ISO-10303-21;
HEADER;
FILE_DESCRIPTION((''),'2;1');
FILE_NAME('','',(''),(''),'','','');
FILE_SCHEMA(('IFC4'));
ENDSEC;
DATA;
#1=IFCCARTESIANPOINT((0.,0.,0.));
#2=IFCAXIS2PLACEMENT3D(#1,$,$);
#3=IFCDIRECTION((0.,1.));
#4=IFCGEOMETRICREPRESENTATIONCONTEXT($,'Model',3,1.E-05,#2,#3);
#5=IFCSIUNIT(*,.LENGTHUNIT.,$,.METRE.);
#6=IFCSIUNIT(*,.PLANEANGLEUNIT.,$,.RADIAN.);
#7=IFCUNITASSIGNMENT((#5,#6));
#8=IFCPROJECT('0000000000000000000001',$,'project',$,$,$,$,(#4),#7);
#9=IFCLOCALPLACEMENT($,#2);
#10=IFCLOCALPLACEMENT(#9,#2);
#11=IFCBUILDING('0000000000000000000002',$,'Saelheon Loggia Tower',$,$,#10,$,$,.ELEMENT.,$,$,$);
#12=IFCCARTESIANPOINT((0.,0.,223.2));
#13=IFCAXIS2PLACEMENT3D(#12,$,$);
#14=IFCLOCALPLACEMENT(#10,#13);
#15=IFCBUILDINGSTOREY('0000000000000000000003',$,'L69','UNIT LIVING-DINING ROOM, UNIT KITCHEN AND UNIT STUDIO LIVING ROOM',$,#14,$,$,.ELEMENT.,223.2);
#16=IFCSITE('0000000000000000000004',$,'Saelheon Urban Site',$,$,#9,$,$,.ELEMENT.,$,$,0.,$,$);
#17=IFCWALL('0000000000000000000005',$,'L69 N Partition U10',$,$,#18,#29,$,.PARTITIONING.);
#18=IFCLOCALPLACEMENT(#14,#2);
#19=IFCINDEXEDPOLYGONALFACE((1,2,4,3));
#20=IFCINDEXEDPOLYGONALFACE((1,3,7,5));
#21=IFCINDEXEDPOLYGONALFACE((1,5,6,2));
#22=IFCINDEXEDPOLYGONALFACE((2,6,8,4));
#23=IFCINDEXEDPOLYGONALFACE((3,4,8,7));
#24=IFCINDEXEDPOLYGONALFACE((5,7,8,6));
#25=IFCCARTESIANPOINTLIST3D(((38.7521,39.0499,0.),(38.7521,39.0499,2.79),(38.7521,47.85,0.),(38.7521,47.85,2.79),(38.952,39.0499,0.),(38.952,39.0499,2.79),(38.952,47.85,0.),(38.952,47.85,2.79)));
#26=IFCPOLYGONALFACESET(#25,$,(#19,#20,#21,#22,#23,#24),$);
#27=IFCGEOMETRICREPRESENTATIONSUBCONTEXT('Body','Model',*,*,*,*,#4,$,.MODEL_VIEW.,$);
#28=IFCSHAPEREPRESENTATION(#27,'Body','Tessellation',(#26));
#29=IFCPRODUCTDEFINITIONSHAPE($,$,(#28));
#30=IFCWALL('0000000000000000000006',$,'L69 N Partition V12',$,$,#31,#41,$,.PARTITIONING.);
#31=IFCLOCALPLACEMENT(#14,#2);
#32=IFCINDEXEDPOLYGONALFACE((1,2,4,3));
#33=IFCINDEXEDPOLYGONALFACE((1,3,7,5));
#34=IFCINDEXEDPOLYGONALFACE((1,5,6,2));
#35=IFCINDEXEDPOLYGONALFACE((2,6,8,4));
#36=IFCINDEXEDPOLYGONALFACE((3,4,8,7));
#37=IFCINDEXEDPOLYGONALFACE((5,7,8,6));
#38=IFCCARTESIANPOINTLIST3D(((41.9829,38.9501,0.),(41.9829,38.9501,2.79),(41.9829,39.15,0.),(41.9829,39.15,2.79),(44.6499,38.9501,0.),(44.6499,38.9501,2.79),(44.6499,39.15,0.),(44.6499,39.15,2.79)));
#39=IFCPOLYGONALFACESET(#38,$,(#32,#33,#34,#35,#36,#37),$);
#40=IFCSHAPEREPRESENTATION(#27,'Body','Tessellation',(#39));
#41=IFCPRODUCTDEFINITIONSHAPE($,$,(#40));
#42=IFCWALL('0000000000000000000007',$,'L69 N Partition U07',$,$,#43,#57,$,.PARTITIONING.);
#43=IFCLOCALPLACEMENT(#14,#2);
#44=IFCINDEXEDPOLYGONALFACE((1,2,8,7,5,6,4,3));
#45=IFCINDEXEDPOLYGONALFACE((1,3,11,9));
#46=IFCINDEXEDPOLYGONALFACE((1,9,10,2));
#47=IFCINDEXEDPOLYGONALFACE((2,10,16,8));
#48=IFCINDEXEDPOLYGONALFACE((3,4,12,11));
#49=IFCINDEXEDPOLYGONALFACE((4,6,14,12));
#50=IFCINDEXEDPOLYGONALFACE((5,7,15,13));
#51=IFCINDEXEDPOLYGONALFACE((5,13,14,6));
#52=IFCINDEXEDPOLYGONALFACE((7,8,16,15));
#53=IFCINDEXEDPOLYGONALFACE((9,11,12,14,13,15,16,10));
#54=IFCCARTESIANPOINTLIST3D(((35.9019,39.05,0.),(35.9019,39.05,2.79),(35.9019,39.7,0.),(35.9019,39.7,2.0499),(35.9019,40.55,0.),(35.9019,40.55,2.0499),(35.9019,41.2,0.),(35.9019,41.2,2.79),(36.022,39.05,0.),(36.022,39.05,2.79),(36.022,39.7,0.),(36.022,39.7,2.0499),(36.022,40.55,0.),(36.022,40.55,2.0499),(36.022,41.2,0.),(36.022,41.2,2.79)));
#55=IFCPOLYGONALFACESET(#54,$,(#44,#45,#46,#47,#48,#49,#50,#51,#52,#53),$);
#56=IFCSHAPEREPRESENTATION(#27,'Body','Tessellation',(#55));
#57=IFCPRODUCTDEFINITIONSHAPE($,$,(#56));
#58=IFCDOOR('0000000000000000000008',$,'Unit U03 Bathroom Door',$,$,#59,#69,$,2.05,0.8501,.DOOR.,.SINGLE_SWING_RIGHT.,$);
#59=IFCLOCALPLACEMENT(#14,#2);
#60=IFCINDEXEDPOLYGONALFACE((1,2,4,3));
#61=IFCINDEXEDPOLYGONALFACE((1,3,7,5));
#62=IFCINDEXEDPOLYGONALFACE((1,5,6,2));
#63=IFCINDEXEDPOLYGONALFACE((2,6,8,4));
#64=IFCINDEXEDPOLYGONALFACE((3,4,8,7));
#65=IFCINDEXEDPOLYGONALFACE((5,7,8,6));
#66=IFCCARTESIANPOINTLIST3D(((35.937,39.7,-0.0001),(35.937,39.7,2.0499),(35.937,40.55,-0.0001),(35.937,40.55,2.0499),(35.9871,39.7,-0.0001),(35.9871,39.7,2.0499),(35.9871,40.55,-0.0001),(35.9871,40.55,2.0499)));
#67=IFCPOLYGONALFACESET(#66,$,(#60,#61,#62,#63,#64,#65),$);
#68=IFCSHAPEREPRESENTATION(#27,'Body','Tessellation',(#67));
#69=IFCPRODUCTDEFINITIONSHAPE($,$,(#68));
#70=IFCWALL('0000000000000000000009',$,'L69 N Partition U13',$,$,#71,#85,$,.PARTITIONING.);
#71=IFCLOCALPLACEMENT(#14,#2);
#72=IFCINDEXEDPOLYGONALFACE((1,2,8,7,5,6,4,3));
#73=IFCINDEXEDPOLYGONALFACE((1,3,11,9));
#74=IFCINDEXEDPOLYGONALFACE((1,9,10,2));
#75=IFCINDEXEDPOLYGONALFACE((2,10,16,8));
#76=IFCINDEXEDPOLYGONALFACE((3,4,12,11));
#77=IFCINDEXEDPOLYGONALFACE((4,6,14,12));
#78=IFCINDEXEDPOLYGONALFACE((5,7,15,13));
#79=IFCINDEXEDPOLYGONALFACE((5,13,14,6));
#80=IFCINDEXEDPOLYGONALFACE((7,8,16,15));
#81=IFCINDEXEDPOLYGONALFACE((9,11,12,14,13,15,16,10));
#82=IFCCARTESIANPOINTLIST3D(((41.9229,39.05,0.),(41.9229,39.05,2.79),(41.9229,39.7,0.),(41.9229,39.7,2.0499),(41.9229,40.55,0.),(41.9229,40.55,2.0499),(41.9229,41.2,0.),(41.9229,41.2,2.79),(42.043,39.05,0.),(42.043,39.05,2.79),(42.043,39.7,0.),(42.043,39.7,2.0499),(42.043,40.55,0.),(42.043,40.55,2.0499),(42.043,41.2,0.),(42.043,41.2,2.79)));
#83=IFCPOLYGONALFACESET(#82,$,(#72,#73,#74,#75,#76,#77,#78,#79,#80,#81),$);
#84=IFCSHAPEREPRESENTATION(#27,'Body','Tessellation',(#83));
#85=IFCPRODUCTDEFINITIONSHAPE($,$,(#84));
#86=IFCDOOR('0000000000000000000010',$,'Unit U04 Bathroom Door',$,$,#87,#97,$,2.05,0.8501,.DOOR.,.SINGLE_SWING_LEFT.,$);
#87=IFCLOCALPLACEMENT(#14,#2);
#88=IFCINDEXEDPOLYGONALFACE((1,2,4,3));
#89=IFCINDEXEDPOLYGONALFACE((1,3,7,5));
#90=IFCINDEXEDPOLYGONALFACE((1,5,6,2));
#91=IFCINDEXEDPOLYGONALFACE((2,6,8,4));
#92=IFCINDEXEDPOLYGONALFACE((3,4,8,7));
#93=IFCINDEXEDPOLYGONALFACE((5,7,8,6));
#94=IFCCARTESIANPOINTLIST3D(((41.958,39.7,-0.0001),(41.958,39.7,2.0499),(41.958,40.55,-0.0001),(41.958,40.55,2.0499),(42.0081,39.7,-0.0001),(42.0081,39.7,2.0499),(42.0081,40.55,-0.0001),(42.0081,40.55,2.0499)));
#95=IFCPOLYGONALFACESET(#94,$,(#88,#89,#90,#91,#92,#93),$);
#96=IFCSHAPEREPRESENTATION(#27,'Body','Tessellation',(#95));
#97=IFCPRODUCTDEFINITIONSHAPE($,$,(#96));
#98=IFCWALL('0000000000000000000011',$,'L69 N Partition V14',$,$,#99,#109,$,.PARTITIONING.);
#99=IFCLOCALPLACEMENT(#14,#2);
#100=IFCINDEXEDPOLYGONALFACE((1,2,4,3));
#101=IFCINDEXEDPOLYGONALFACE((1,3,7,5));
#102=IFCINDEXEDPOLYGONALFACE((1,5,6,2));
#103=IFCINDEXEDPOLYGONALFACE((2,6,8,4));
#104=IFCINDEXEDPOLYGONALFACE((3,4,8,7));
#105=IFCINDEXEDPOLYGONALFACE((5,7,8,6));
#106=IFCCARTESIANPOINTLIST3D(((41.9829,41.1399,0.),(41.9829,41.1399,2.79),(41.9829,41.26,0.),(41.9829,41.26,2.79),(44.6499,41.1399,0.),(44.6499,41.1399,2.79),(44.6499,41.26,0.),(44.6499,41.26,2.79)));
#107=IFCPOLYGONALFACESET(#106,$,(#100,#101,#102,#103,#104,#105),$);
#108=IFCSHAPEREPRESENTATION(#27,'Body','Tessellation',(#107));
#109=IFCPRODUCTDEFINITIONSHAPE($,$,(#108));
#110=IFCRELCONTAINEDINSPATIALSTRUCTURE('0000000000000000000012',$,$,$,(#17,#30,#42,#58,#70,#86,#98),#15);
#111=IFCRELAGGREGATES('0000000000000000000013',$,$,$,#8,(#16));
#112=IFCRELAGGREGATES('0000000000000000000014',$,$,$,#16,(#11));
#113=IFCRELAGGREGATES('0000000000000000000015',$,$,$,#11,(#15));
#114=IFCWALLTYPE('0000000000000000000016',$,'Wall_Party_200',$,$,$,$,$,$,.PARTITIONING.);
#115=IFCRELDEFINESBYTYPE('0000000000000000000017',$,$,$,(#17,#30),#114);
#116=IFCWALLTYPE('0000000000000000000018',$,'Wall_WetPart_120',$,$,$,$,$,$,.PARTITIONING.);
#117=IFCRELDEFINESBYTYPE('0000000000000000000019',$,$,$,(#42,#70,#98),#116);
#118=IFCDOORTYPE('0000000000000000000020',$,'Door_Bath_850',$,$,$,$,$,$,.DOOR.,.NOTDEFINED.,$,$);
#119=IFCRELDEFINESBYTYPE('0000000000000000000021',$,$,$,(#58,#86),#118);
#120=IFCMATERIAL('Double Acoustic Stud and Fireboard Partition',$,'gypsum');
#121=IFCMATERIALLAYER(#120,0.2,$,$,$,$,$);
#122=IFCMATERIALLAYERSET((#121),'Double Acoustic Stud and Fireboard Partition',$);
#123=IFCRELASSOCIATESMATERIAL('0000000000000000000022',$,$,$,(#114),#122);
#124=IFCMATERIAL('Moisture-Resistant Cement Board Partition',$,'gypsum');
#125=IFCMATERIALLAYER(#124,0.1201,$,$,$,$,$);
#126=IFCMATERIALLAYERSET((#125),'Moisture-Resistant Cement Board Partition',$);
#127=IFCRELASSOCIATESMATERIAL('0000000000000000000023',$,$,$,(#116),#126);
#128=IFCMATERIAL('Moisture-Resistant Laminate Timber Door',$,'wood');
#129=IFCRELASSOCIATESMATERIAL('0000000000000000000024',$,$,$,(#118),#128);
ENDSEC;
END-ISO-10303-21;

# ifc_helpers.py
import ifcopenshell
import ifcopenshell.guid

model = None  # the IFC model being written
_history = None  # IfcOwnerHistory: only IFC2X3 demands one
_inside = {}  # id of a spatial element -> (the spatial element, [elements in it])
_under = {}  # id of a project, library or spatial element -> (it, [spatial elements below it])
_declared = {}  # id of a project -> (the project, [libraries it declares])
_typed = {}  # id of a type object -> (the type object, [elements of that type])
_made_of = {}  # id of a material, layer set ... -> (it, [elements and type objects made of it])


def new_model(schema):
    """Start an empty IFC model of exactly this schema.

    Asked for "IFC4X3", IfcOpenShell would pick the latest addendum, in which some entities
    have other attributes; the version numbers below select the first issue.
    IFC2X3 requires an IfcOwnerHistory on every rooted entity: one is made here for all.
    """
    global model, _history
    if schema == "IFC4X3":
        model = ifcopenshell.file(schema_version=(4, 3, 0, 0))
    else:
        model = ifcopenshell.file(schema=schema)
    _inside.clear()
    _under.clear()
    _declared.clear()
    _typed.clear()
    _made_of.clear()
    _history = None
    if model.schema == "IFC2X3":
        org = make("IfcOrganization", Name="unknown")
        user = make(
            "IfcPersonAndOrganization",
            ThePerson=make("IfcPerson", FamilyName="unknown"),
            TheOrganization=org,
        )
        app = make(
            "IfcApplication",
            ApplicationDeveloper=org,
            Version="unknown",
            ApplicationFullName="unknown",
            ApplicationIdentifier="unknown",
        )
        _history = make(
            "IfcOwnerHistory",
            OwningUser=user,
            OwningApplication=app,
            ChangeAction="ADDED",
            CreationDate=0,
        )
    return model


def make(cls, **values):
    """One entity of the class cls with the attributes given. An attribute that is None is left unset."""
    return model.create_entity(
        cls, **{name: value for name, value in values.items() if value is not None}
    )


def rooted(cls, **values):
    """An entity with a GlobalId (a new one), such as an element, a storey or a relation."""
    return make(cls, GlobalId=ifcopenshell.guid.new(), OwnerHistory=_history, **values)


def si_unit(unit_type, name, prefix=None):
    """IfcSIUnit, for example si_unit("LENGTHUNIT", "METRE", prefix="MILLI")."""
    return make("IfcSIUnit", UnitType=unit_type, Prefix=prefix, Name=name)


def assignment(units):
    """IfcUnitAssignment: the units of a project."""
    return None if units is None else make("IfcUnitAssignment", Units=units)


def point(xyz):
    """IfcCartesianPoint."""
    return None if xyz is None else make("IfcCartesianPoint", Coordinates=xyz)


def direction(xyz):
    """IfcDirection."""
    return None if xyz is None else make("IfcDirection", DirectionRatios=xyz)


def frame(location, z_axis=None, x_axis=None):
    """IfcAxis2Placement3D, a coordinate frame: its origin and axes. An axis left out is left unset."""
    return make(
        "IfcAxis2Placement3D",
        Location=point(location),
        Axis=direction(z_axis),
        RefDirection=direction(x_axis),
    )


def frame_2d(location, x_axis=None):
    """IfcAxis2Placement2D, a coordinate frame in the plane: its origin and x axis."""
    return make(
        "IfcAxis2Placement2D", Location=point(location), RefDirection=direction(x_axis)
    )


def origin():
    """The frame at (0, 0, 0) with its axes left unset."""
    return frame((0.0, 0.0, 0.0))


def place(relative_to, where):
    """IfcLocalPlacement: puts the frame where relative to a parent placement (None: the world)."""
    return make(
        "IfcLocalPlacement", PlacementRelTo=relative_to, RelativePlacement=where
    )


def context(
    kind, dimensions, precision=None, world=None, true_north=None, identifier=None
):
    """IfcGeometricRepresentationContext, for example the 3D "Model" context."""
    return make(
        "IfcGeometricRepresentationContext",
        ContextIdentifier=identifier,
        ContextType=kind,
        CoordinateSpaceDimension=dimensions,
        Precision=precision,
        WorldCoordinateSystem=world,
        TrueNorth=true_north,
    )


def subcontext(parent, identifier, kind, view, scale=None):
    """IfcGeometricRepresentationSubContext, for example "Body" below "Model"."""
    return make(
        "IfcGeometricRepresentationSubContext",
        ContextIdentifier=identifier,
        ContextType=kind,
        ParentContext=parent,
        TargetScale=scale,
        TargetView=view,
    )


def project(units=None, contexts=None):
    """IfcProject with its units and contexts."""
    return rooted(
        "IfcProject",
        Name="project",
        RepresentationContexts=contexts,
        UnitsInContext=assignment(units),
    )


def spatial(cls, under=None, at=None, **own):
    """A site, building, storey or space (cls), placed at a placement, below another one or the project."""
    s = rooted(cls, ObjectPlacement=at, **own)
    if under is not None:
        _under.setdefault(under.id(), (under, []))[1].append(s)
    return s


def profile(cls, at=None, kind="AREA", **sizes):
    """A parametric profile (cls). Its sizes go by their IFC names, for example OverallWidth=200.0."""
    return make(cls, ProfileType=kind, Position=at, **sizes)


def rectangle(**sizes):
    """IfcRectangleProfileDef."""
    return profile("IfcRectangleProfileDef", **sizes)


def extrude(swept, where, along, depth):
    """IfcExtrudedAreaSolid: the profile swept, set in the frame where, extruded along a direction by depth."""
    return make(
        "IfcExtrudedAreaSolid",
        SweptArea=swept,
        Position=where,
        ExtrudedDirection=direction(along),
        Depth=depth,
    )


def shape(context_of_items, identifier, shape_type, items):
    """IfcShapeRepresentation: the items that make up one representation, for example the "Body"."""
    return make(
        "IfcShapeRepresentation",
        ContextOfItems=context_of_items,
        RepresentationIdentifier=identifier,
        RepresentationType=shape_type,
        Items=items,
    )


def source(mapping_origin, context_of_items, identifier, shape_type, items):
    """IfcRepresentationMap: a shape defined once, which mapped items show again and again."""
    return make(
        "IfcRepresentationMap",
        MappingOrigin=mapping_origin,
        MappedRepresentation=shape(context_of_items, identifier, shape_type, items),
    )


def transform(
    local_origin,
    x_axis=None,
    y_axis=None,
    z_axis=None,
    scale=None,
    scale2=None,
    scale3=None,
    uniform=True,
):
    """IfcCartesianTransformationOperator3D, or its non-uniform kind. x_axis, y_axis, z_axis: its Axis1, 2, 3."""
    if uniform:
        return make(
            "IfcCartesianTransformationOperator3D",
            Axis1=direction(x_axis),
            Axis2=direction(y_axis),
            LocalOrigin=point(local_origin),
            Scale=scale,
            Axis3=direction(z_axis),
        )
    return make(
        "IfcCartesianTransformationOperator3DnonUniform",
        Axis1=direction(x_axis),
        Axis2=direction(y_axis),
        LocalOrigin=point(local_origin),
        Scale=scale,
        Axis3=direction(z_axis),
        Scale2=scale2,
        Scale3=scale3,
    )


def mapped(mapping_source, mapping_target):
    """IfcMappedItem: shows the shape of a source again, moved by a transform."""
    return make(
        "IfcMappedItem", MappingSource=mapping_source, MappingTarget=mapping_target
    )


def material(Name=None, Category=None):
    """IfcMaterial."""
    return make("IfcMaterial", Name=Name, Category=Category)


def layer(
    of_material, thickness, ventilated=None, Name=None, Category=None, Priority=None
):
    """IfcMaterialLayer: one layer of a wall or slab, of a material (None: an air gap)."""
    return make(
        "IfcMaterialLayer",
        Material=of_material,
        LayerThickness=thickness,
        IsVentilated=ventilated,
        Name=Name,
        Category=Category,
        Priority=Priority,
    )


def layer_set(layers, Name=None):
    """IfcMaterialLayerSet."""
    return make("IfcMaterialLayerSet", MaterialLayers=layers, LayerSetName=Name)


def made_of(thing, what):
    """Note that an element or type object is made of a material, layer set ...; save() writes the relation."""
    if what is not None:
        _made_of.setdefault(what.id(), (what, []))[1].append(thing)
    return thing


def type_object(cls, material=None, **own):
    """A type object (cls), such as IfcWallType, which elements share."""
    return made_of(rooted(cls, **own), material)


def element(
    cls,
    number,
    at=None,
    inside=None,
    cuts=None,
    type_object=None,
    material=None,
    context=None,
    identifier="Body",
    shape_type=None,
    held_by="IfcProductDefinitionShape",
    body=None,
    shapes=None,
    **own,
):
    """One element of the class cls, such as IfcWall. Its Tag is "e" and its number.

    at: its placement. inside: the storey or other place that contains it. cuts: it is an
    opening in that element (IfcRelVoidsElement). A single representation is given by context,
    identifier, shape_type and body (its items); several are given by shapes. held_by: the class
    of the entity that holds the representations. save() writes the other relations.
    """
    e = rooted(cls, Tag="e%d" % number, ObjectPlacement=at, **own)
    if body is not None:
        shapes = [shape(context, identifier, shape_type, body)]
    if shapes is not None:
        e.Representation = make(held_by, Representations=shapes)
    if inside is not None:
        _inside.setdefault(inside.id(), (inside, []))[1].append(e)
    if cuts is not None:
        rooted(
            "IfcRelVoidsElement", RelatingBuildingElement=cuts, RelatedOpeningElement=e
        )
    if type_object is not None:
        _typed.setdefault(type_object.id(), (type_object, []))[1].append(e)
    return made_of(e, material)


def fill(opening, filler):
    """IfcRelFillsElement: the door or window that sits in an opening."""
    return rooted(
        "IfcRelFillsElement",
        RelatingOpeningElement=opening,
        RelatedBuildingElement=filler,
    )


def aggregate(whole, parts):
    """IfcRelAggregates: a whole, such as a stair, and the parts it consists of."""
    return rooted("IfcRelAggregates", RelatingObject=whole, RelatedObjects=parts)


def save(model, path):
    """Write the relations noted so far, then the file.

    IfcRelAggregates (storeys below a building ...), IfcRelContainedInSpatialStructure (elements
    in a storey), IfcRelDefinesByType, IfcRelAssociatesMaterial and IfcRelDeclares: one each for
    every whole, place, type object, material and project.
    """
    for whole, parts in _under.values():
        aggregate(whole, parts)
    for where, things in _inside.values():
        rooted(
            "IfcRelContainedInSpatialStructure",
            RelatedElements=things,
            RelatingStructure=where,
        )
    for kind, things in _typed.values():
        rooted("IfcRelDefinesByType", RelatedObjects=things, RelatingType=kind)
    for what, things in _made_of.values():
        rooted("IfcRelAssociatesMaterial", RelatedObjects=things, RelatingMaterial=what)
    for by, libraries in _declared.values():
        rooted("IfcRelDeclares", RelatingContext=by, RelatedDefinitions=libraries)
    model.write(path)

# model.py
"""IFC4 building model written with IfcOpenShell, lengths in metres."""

from ifc_helpers import new_model, si_unit, direction, frame, frame_2d, origin, place, context, subcontext, project, spatial, rectangle, extrude, source, transform, mapped, material, layer, layer_set, type_object, element, fill, save


model = new_model("IFC4")

# Units and contexts
model_context = context("Model", 3, precision=1e-05, world=origin(), true_north=direction((0.0, 1.0)))
body_context = subcontext(model_context, "Body", "Model", "MODEL_VIEW")
ifc_project = project(units=[si_unit("LENGTHUNIT", "METRE"), si_unit("PLANEANGLEUNIT", "RADIAN")], contexts=[model_context])

# Site, building, storey
site_placement = place(None, origin())
site = spatial("IfcSite", under=ifc_project, at=site_placement, Name="Saelheon Urban Site", CompositionType="ELEMENT", RefElevation=0.0)
building_placement = place(site_placement, origin())
building = spatial("IfcBuilding", under=site, at=building_placement, Name="Saelheon Loggia Tower", CompositionType="ELEMENT")
storey_placement = place(building_placement, frame((0.0, 0.0, 223.2)))
storey = spatial("IfcBuildingStorey", under=building, at=storey_placement, Name="L69", Description="UNIT LIVING-DINING ROOM, UNIT KITCHEN AND UNIT STUDIO LIVING ROOM", CompositionType="ELEMENT", Elevation=223.2)

# Shared definitions
ifc_material_1 = material(Name="Double Acoustic Stud and Fireboard Partition", Category="gypsum")
ifc_layer_1 = layer(ifc_material_1, 0.2)
ifc_layer_set_1 = layer_set([ifc_layer_1], Name="Double Acoustic Stud and Fireboard Partition")
wall_type_1 = type_object("IfcWallType", Name="Wall_Party_200", PredefinedType="PARTITIONING", material=ifc_layer_set_1)

# Wall
wall_1_placement = place(storey_placement, frame((38.8521, 39.05, 0.0), z_axis=(0.0, 0.0, 1.0), x_axis=(0.0, 1.0, 0.0)))
element("IfcWall", 1, at=wall_1_placement, inside=storey, type_object=wall_type_1, Name="L69 N Partition U10", PredefinedType="PARTITIONING", context=body_context, shape_type="SweptSolid", body=[
    extrude(rectangle(XDim=8.8, YDim=0.2, at=frame_2d((4.3999, 0.0))), origin(), (0.0, 0.0, 1.0), 2.79),
])

# Wall
wall_2_placement = place(storey_placement, frame((41.9829, 39.05, 0.0), z_axis=(0.0, 0.0, 1.0), x_axis=(1.0, 0.0, 0.0)))
element("IfcWall", 2, at=wall_2_placement, inside=storey, type_object=wall_type_1, Name="L69 N Partition V12", PredefinedType="PARTITIONING", context=body_context, shape_type="SweptSolid", body=[
    extrude(rectangle(XDim=2.667, YDim=0.2, at=frame_2d((1.3335, 0.0))), origin(), (0.0, 0.0, 1.0), 2.79),
])

# Walls, openings, doors
ifc_material_2 = material(Name="Moisture-Resistant Cement Board Partition", Category="gypsum")
ifc_layer_2 = layer(ifc_material_2, 0.1201)
ifc_layer_set_2 = layer_set([ifc_layer_2], Name="Moisture-Resistant Cement Board Partition")
wall_type_2 = type_object("IfcWallType", Name="Wall_WetPart_120", PredefinedType="PARTITIONING", material=ifc_layer_set_2)
wall_3_placement = place(storey_placement, frame((35.9619, 39.05, 0.0), z_axis=(0.0, 0.0, 1.0), x_axis=(0.0, 1.0, 0.0)))
wall_3 = element("IfcWall", 3, at=wall_3_placement, inside=storey, type_object=wall_type_2, Name="L69 N Partition U07", PredefinedType="PARTITIONING", context=body_context, shape_type="SweptSolid", body=[
    extrude(rectangle(XDim=2.1499, YDim=0.1201, at=frame_2d((1.075, 0.0))), origin(), (0.0, 0.0, 1.0), 2.79),
])
opening_1_placement = place(wall_3_placement, frame((0.6499, 0.0, 0.0)))
opening_1 = element("IfcOpeningElement", 4, at=opening_1_placement, cuts=wall_3, PredefinedType="OPENING", context=body_context, shape_type="SweptSolid", body=[
    extrude(rectangle(XDim=0.8501, YDim=2.05, at=frame_2d((0.425, 1.0249))), frame((0.0, 0.072, 0.0), z_axis=(0.0, -1.0, 0.0), x_axis=(1.0, 0.0, 0.0)), (0.0, 0.0, 1.0), 0.144),
])
ifc_material_3 = material(Name="Moisture-Resistant Laminate Timber Door", Category="wood")
door_type_1 = type_object("IfcDoorType", Name="Door_Bath_850", OperationType="NOTDEFINED", PredefinedType="DOOR", material=ifc_material_3)
shared_shape_1 = source(origin(), body_context, "Body", "SweptSolid", [
    extrude(rectangle(XDim=0.8501, YDim=2.05, at=frame_2d((0.425, 1.0249))), frame((0.0, 0.0249, 0.0), z_axis=(0.0, -1.0, 0.0), x_axis=(1.0, 0.0, 0.0)), (0.0, 0.0, 1.0), 0.05),
])
door_1_placement = place(opening_1_placement, origin())
door_1 = element("IfcDoor", 5, at=door_1_placement, inside=storey, type_object=door_type_1, Name="Unit U03 Bathroom Door", OperationType="SINGLE_SWING_RIGHT", OverallHeight=2.05, OverallWidth=0.8501, PredefinedType="DOOR", context=body_context, shape_type="MappedRepresentation", body=[
    mapped(shared_shape_1, transform((0.0, 0.0, 0.0), scale=1.0)),
])
fill(opening_1, door_1)
wall_4_placement = place(storey_placement, frame((41.9829, 39.05, 0.0), z_axis=(0.0, 0.0, 1.0), x_axis=(0.0, 1.0, 0.0)))
wall_4 = element("IfcWall", 6, at=wall_4_placement, inside=storey, type_object=wall_type_2, Name="L69 N Partition U13", PredefinedType="PARTITIONING", context=body_context, shape_type="SweptSolid", body=[
    extrude(rectangle(XDim=2.1499, YDim=0.1201, at=frame_2d((1.075, 0.0))), origin(), (0.0, 0.0, 1.0), 2.79),
])
opening_2_placement = place(wall_4_placement, frame((0.6499, 0.0, 0.0)))
opening_2 = element("IfcOpeningElement", 7, at=opening_2_placement, cuts=wall_4, PredefinedType="OPENING", context=body_context, shape_type="SweptSolid", body=[
    extrude(rectangle(XDim=0.8501, YDim=2.05, at=frame_2d((0.425, 1.0249))), frame((0.0, 0.072, 0.0), z_axis=(0.0, -1.0, 0.0), x_axis=(1.0, 0.0, 0.0)), (0.0, 0.0, 1.0), 0.144),
])
door_2_placement = place(opening_2_placement, origin())
door_2 = element("IfcDoor", 8, at=door_2_placement, inside=storey, type_object=door_type_1, Name="Unit U04 Bathroom Door", OperationType="SINGLE_SWING_LEFT", OverallHeight=2.05, OverallWidth=0.8501, PredefinedType="DOOR", context=body_context, shape_type="MappedRepresentation", body=[
    mapped(shared_shape_1, transform((0.0, 0.0, 0.0), scale=1.0)),
])
fill(opening_2, door_2)

# Wall
wall_5_placement = place(storey_placement, frame((41.9829, 41.2, 0.0), z_axis=(0.0, 0.0, 1.0), x_axis=(1.0, 0.0, 0.0)))
element("IfcWall", 9, at=wall_5_placement, inside=storey, type_object=wall_type_2, Name="L69 N Partition V14", PredefinedType="PARTITIONING", context=body_context, shape_type="SweptSolid", body=[
    extrude(rectangle(XDim=2.667, YDim=0.1201, at=frame_2d((1.3335, 0.0))), origin(), (0.0, 0.0, 1.0), 2.79),
])

save(model, "model.ifc")
